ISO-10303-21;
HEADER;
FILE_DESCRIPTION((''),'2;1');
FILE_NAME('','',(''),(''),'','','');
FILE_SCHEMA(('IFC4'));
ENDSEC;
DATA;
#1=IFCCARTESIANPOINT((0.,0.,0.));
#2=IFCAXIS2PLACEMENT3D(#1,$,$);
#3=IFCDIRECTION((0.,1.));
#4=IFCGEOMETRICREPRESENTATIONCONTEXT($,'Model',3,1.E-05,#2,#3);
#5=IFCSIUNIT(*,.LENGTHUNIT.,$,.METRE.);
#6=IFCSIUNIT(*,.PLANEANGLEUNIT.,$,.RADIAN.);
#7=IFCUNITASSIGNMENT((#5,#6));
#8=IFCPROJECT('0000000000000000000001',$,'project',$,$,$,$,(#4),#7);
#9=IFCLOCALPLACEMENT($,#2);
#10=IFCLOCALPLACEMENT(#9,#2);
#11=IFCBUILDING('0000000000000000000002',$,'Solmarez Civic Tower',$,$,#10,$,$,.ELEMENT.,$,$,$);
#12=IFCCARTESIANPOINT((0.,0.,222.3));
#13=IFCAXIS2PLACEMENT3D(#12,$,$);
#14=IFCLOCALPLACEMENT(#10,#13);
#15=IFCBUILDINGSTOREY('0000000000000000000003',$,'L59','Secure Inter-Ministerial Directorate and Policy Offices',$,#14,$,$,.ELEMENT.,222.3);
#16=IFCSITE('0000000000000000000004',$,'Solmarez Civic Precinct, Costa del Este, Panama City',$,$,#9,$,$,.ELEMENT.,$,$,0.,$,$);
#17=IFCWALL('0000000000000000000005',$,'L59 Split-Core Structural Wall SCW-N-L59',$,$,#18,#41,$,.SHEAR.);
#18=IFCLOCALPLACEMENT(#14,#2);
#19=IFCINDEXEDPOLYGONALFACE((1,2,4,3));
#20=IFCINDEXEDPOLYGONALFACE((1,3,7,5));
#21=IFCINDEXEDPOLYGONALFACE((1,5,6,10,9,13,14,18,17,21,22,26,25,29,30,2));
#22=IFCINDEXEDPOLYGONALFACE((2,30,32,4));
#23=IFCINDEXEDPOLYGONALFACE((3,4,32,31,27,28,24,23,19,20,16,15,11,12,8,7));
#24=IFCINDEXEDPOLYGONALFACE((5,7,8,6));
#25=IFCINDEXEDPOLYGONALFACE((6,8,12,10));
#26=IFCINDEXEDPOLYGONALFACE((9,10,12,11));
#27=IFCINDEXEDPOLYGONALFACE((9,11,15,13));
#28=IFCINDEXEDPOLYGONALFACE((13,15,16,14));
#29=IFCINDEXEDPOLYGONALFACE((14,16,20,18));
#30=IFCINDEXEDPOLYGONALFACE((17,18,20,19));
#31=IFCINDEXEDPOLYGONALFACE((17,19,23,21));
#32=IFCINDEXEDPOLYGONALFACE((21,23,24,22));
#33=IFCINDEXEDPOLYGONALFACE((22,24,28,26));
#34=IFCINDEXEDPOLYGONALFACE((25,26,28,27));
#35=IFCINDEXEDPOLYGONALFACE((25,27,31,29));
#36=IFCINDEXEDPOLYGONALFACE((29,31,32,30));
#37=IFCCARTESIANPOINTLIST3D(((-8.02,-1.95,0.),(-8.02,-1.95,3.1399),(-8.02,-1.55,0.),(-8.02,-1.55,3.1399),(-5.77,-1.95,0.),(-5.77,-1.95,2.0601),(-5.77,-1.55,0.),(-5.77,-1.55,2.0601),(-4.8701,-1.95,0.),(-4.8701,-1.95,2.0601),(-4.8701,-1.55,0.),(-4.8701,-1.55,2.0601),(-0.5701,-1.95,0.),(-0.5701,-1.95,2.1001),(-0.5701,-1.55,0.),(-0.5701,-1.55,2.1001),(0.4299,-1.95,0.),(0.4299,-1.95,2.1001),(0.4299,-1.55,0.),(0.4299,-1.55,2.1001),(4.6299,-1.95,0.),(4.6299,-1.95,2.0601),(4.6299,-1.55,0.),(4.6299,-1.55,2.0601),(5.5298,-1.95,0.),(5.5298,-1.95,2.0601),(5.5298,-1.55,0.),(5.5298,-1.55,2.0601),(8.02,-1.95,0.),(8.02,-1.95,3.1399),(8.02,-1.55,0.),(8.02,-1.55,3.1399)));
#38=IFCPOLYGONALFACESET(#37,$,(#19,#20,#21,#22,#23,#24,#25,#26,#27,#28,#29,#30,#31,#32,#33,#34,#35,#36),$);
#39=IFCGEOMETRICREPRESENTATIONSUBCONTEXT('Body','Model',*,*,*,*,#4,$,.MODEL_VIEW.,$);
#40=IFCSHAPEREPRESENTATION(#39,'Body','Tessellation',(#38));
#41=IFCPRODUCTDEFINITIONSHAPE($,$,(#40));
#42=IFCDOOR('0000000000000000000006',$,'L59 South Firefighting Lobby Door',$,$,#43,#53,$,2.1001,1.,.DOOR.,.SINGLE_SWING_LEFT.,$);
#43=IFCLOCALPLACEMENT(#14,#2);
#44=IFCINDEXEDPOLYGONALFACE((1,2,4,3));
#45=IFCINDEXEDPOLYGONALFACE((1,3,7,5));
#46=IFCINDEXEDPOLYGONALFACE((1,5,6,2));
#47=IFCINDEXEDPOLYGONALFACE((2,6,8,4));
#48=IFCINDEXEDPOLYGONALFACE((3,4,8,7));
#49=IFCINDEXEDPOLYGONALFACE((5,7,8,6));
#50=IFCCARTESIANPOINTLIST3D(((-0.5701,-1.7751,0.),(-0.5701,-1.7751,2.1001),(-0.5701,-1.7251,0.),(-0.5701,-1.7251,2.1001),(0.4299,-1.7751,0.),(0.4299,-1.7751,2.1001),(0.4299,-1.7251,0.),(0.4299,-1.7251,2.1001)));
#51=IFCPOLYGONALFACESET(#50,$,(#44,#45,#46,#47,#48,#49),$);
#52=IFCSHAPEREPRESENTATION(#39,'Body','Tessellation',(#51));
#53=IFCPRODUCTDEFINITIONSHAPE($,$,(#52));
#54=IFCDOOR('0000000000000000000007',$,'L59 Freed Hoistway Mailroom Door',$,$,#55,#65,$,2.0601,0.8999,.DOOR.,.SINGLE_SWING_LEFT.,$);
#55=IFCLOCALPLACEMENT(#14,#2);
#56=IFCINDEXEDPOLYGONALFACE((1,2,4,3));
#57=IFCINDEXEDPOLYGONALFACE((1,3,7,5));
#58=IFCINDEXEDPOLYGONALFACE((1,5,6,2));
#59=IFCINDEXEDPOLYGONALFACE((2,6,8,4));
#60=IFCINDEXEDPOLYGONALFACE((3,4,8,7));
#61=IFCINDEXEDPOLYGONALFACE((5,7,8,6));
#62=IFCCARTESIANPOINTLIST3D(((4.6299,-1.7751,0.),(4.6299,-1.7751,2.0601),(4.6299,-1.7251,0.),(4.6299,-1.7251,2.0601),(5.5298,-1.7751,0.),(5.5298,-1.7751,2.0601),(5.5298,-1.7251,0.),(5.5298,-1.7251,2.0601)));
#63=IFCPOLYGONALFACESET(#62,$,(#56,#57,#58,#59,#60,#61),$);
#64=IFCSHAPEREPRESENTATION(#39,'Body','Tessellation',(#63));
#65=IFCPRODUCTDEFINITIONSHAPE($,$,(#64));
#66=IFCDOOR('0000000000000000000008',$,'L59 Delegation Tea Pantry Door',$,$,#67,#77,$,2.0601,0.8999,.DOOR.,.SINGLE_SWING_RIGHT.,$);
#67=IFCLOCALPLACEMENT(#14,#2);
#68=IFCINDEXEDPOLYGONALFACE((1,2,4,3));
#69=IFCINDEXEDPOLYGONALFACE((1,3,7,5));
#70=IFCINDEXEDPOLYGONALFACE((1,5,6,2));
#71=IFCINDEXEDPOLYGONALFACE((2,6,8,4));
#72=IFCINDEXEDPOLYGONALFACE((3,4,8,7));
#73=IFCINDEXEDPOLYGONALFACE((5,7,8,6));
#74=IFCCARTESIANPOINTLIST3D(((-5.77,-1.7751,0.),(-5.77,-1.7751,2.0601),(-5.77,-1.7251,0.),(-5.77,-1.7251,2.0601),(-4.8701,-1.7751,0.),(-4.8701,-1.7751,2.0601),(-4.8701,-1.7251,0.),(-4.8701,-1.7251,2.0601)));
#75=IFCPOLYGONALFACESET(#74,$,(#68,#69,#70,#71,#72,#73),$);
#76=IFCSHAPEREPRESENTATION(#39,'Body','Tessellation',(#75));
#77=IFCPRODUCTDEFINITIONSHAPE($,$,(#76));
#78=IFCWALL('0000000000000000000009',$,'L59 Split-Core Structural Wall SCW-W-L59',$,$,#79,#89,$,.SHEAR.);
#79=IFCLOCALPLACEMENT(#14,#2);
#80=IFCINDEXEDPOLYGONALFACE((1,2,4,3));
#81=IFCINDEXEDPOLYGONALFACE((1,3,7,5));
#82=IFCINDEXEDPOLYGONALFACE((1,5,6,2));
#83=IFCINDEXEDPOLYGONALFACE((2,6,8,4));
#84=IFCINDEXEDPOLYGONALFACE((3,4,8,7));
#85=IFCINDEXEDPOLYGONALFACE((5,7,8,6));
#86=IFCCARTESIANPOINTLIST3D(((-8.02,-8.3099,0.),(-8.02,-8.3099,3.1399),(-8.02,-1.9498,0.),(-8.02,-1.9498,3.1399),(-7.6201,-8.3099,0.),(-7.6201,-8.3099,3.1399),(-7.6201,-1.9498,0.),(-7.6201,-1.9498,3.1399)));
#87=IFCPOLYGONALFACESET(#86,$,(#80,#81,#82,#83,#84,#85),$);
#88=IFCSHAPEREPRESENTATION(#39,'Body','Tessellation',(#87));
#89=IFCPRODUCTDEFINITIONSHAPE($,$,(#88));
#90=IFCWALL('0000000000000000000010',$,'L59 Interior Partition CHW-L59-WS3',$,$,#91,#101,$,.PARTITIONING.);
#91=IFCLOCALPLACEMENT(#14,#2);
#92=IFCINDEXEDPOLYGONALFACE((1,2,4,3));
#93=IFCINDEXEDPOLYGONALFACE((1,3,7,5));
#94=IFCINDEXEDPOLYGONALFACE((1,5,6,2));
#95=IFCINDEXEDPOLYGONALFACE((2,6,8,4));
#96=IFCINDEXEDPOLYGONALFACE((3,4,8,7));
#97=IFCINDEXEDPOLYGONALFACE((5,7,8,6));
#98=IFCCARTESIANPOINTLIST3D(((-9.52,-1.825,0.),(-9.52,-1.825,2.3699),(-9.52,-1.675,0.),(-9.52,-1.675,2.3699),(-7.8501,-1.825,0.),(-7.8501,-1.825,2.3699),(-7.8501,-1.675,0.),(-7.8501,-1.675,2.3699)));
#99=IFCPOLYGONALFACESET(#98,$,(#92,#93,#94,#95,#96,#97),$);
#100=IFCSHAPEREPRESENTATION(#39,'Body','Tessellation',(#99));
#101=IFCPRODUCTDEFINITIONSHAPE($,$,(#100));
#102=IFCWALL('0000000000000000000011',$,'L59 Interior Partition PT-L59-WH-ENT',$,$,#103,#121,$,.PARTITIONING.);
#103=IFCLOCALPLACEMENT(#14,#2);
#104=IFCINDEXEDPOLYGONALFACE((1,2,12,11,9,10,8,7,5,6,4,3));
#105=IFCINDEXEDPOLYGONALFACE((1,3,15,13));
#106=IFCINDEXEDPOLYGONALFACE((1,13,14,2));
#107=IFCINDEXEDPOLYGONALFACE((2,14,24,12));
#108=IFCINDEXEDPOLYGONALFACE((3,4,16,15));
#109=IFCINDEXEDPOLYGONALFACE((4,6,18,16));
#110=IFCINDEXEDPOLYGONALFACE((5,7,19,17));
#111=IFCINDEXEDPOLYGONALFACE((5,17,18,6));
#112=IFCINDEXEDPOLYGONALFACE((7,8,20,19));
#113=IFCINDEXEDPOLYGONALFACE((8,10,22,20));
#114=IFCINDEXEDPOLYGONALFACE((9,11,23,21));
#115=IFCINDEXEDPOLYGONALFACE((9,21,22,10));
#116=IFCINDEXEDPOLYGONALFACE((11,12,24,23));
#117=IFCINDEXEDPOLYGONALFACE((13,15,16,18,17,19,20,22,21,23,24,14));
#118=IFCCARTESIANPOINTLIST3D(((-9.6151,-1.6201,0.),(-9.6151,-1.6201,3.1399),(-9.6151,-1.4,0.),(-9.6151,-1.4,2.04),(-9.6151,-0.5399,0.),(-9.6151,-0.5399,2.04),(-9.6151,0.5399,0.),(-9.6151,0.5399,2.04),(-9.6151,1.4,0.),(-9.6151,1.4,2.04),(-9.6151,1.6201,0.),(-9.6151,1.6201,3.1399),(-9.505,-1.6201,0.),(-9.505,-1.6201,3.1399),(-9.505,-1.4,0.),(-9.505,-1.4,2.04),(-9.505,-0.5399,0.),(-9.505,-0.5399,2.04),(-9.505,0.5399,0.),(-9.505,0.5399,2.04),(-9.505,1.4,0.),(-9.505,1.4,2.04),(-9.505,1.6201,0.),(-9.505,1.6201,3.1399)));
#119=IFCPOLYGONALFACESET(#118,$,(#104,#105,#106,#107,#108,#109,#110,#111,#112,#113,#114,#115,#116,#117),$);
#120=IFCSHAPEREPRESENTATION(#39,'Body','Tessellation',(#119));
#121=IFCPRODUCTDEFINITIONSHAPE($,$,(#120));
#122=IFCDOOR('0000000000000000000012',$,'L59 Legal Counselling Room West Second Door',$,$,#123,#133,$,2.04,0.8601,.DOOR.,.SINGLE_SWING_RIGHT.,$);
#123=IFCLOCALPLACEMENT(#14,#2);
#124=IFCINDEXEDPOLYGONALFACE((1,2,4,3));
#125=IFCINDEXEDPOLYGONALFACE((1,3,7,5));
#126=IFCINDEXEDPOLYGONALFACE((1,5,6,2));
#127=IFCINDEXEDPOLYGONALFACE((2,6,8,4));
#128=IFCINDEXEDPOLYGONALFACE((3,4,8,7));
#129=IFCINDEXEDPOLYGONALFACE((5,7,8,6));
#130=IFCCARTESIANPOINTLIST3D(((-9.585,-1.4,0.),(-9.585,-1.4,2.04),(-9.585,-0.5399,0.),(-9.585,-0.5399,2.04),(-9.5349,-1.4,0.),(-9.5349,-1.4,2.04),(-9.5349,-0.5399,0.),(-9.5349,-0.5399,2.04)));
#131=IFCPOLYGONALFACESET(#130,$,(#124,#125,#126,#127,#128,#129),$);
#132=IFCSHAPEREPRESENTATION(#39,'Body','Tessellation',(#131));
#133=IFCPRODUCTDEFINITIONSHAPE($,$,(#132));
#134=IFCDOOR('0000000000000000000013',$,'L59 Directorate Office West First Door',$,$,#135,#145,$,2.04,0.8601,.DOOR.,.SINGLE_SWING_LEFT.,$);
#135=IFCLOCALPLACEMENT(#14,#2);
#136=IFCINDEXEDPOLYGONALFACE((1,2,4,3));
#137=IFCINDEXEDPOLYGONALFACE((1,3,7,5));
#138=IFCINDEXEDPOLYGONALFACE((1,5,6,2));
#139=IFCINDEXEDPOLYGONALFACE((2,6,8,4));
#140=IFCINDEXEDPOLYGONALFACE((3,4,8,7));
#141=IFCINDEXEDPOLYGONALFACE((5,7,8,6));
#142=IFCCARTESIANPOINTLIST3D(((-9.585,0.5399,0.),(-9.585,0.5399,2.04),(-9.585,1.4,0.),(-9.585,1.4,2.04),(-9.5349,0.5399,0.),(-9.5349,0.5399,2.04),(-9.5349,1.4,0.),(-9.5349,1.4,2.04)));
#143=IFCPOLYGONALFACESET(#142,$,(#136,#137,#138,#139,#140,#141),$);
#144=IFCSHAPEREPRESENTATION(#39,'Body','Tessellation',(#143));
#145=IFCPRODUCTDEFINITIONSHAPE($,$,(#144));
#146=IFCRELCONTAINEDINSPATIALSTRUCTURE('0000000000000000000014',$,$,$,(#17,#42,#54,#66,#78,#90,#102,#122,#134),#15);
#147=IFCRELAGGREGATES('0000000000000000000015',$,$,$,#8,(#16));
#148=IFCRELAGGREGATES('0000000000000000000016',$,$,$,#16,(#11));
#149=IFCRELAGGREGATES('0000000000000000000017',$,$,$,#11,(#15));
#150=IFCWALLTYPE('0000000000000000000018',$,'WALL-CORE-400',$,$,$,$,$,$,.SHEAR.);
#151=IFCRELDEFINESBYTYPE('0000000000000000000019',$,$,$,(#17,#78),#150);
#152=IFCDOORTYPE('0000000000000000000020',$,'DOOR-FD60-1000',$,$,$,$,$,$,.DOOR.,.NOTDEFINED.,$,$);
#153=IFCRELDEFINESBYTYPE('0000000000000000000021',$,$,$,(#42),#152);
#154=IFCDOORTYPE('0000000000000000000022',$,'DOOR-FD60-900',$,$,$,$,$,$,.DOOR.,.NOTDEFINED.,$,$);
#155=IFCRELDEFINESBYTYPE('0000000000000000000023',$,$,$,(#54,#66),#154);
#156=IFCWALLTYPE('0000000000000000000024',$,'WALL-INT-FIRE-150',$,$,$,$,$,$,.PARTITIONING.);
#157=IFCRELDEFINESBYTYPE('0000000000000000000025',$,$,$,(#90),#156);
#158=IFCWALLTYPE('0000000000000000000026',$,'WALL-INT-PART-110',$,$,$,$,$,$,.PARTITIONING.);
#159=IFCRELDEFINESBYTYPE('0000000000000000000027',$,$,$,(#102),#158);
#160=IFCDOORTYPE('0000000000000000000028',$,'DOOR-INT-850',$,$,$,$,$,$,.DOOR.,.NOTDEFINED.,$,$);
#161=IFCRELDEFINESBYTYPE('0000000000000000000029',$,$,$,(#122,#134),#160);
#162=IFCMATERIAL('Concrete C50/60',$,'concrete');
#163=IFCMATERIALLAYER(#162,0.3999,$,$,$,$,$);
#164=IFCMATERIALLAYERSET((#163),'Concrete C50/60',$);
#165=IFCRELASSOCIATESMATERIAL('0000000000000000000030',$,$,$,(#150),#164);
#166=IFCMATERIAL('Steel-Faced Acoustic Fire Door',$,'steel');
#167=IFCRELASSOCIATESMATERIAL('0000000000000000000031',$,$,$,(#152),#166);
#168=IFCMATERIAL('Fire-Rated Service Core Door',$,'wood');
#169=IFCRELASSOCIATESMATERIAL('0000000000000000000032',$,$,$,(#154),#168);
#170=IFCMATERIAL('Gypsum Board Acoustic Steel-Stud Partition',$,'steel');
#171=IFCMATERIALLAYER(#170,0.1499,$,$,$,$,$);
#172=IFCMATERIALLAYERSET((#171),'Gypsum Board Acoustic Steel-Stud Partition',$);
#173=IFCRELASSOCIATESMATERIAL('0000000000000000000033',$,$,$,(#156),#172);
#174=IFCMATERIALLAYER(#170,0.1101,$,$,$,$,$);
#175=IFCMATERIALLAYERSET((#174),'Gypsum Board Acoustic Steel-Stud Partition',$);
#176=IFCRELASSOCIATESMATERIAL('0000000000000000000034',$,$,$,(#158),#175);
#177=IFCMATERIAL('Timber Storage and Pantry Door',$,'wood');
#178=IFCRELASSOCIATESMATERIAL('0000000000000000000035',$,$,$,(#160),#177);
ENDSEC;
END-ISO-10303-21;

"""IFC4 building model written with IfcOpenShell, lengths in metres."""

from ifc_helpers import new_model, si_unit, direction, frame, frame_2d, origin, place, context, subcontext, project, spatial, rectangle, extrude, material, layer, layer_set, type_object, element, fill, save


model = new_model("IFC4")

# Units and contexts
model_context = context("Model", 3, precision=1e-05, world=origin(), true_north=direction((0.0, 1.0)))
body_context = subcontext(model_context, "Body", "Model", "MODEL_VIEW")
ifc_project = project(units=[si_unit("LENGTHUNIT", "METRE"), si_unit("PLANEANGLEUNIT", "RADIAN")], contexts=[model_context])

# Site, building, storey
site_placement = place(None, origin())
site = spatial("IfcSite", under=ifc_project, at=site_placement, Name="Solmarez Civic Precinct, Costa del Este, Panama City", CompositionType="ELEMENT", RefElevation=0.0)
building_placement = place(site_placement, origin())
building = spatial("IfcBuilding", under=site, at=building_placement, Name="Solmarez Civic Tower", CompositionType="ELEMENT")
storey_placement = place(building_placement, frame((0.0, 0.0, 222.3)))
storey = spatial("IfcBuildingStorey", under=building, at=storey_placement, Name="L59", Description="Secure Inter-Ministerial Directorate and Policy Offices", CompositionType="ELEMENT", Elevation=222.3)

# Shared definitions
ifc_material_1 = material(Name="Concrete C50/60", Category="concrete")

# Wall, openings, doors
ifc_layer_1 = layer(ifc_material_1, 0.3999)
ifc_layer_set_1 = layer_set([ifc_layer_1], Name="Concrete C50/60")
wall_type_1 = type_object("IfcWallType", Name="WALL-CORE-400", PredefinedType="SHEAR", material=ifc_layer_set_1)
wall_1_placement = place(storey_placement, frame((-8.02, -1.75, 0.0), z_axis=(0.0, 0.0, 1.0), x_axis=(1.0, 0.0, 0.0)))
wall_1 = element("IfcWall", 1, at=wall_1_placement, inside=storey, type_object=wall_type_1, Name="L59 Split-Core Structural Wall SCW-N-L59", PredefinedType="SHEAR", context=body_context, shape_type="SweptSolid", body=[
    extrude(rectangle(XDim=16.04, YDim=0.3999, at=frame_2d((8.02, 0.0))), origin(), (0.0, 0.0, 1.0), 3.1399),
])
opening_1_placement = place(wall_1_placement, frame((7.45, 0.0, 0.0)))
opening_1 = element("IfcOpeningElement", 2, at=opening_1_placement, cuts=wall_1, PredefinedType="OPENING", context=body_context, shape_type="SweptSolid", body=[
    extrude(rectangle(XDim=1.0, YDim=2.1001, at=frame_2d((0.5, 1.05))), frame((0.0, 0.21, 0.0), z_axis=(0.0, -1.0, 0.0), x_axis=(1.0, 0.0, 0.0)), (0.0, 0.0, 1.0), 0.4199),
])
opening_2_placement = place(wall_1_placement, frame((12.6499, 0.0, 0.0)))
opening_2 = element("IfcOpeningElement", 3, at=opening_2_placement, cuts=wall_1, PredefinedType="OPENING", context=body_context, shape_type="SweptSolid", body=[
    extrude(rectangle(XDim=0.8999, YDim=2.0601, at=frame_2d((0.45, 1.03))), frame((0.0, 0.21, 0.0), z_axis=(0.0, -1.0, 0.0), x_axis=(1.0, 0.0, 0.0)), (0.0, 0.0, 1.0), 0.4199),
])
opening_3_placement = place(wall_1_placement, frame((2.25, 0.0, 0.0)))
opening_3 = element("IfcOpeningElement", 4, at=opening_3_placement, cuts=wall_1, PredefinedType="OPENING", context=body_context, shape_type="SweptSolid", body=[
    extrude(rectangle(XDim=0.8999, YDim=2.0601, at=frame_2d((0.45, 1.03))), frame((0.0, 0.21, 0.0), z_axis=(0.0, -1.0, 0.0), x_axis=(1.0, 0.0, 0.0)), (0.0, 0.0, 1.0), 0.4199),
])
ifc_material_2 = material(Name="Steel-Faced Acoustic Fire Door", Category="steel")
door_type_1 = type_object("IfcDoorType", Name="DOOR-FD60-1000", OperationType="NOTDEFINED", PredefinedType="DOOR", material=ifc_material_2)
door_1_placement = place(opening_1_placement, origin())
door_1 = element("IfcDoor", 5, at=door_1_placement, inside=storey, type_object=door_type_1, Name="L59 South Firefighting Lobby Door", OperationType="SINGLE_SWING_LEFT", OverallHeight=2.1001, OverallWidth=1.0, PredefinedType="DOOR", context=body_context, shape_type="SweptSolid", body=[
    extrude(rectangle(XDim=1.0, YDim=2.1001, at=frame_2d((0.5, 1.05))), frame((0.0, 0.0249, 0.0), z_axis=(0.0, -1.0, 0.0), x_axis=(1.0, 0.0, 0.0)), (0.0, 0.0, 1.0), 0.05),
])
fill(opening_1, door_1)
ifc_material_3 = material(Name="Fire-Rated Service Core Door", Category="wood")
door_type_2 = type_object("IfcDoorType", Name="DOOR-FD60-900", OperationType="NOTDEFINED", PredefinedType="DOOR", material=ifc_material_3)
door_2_placement = place(opening_2_placement, origin())
door_2 = element("IfcDoor", 6, at=door_2_placement, inside=storey, type_object=door_type_2, Name="L59 Freed Hoistway Mailroom Door", OperationType="SINGLE_SWING_LEFT", OverallHeight=2.0601, OverallWidth=0.8999, PredefinedType="DOOR", context=body_context, shape_type="SweptSolid", body=[
    extrude(rectangle(XDim=0.8999, YDim=2.0601, at=frame_2d((0.45, 1.03))), frame((0.0, 0.0249, 0.0), z_axis=(0.0, -1.0, 0.0), x_axis=(1.0, 0.0, 0.0)), (0.0, 0.0, 1.0), 0.05),
])
fill(opening_2, door_2)
door_3_placement = place(opening_3_placement, origin())
door_3 = element("IfcDoor", 7, at=door_3_placement, inside=storey, type_object=door_type_2, Name="L59 Delegation Tea Pantry Door", OperationType="SINGLE_SWING_RIGHT", OverallHeight=2.0601, OverallWidth=0.8999, PredefinedType="DOOR", context=body_context, shape_type="SweptSolid", body=[
    extrude(rectangle(XDim=0.8999, YDim=2.0601, at=frame_2d((0.45, 1.03))), frame((0.0, 0.0249, 0.0), z_axis=(0.0, -1.0, 0.0), x_axis=(1.0, 0.0, 0.0)), (0.0, 0.0, 1.0), 0.05),
])
fill(opening_3, door_3)

# Walls
wall_2_placement = place(storey_placement, frame((-7.8201, -8.3101, 0.0), z_axis=(0.0, 0.0, 1.0), x_axis=(0.0, 1.0, 0.0)))
element("IfcWall", 8, at=wall_2_placement, inside=storey, type_object=wall_type_1, Name="L59 Split-Core Structural Wall SCW-W-L59", PredefinedType="SHEAR", context=body_context, shape_type="SweptSolid", body=[
    extrude(rectangle(XDim=6.3601, YDim=0.3999, at=frame_2d((3.1802, 0.0))), origin(), (0.0, 0.0, 1.0), 3.1399),
])
ifc_material_4 = material(Name="Gypsum Board Acoustic Steel-Stud Partition", Category="steel")
ifc_layer_2 = layer(ifc_material_4, 0.1499)
ifc_layer_set_2 = layer_set([ifc_layer_2], Name="Gypsum Board Acoustic Steel-Stud Partition")
wall_type_2 = type_object("IfcWallType", Name="WALL-INT-FIRE-150", PredefinedType="PARTITIONING", material=ifc_layer_set_2)
wall_3_placement = place(storey_placement, frame((-7.8501, -1.75, 0.0), z_axis=(0.0, 0.0, 1.0), x_axis=(-1.0, 0.0, 0.0)))
element("IfcWall", 9, at=wall_3_placement, inside=storey, type_object=wall_type_2, Name="L59 Interior Partition CHW-L59-WS3", PredefinedType="PARTITIONING", context=body_context, shape_type="SweptSolid", body=[
    extrude(rectangle(XDim=1.6699, YDim=0.1499, at=frame_2d((0.835, 0.0))), origin(), (0.0, 0.0, 1.0), 2.3699),
])

# Wall, openings, doors
ifc_layer_3 = layer(ifc_material_4, 0.1101)
ifc_layer_set_3 = layer_set([ifc_layer_3], Name="Gypsum Board Acoustic Steel-Stud Partition")
wall_type_3 = type_object("IfcWallType", Name="WALL-INT-PART-110", PredefinedType="PARTITIONING", material=ifc_layer_set_3)
wall_4_placement = place(storey_placement, frame((-9.5601, -1.6201, 0.0), z_axis=(0.0, 0.0, 1.0), x_axis=(0.0, 1.0, 0.0)))
wall_4 = element("IfcWall", 10, at=wall_4_placement, inside=storey, type_object=wall_type_3, Name="L59 Interior Partition PT-L59-WH-ENT", PredefinedType="PARTITIONING", context=body_context, shape_type="SweptSolid", body=[
    extrude(rectangle(XDim=3.2402, YDim=0.1101, at=frame_2d((1.6201, 0.0))), origin(), (0.0, 0.0, 1.0), 3.1399),
])
opening_4_placement = place(wall_4_placement, frame((0.22, 0.0, 0.0)))
opening_4 = element("IfcOpeningElement", 11, at=opening_4_placement, cuts=wall_4, PredefinedType="OPENING", context=body_context, shape_type="SweptSolid", body=[
    extrude(rectangle(XDim=0.8601, YDim=2.04, at=frame_2d((0.4302, 1.02))), frame((0.0, 0.0649, 0.0), z_axis=(0.0, -1.0, 0.0), x_axis=(1.0, 0.0, 0.0)), (0.0, 0.0, 1.0), 0.1301),
])
opening_5_placement = place(wall_4_placement, frame((2.1599, 0.0, 0.0)))
opening_5 = element("IfcOpeningElement", 12, at=opening_5_placement, cuts=wall_4, PredefinedType="OPENING", context=body_context, shape_type="SweptSolid", body=[
    extrude(rectangle(XDim=0.8601, YDim=2.04, at=frame_2d((0.4302, 1.02))), frame((0.0, 0.0649, 0.0), z_axis=(0.0, -1.0, 0.0), x_axis=(1.0, 0.0, 0.0)), (0.0, 0.0, 1.0), 0.1301),
])
ifc_material_5 = material(Name="Timber Storage and Pantry Door", Category="wood")
door_type_3 = type_object("IfcDoorType", Name="DOOR-INT-850", OperationType="NOTDEFINED", PredefinedType="DOOR", material=ifc_material_5)
door_4_placement = place(opening_4_placement, origin())
door_4 = element("IfcDoor", 13, at=door_4_placement, inside=storey, type_object=door_type_3, Name="L59 Legal Counselling Room West Second Door", OperationType="SINGLE_SWING_RIGHT", OverallHeight=2.04, OverallWidth=0.8601, PredefinedType="DOOR", context=body_context, shape_type="SweptSolid", body=[
    extrude(rectangle(XDim=0.8601, YDim=2.04, at=frame_2d((0.4302, 1.02))), frame((0.0, 0.0249, 0.0), z_axis=(0.0, -1.0, 0.0), x_axis=(1.0, 0.0, 0.0)), (0.0, 0.0, 1.0), 0.05),
])
fill(opening_4, door_4)
door_5_placement = place(opening_5_placement, origin())
door_5 = element("IfcDoor", 14, at=door_5_placement, inside=storey, type_object=door_type_3, Name="L59 Directorate Office West First Door", OperationType="SINGLE_SWING_LEFT", OverallHeight=2.04, OverallWidth=0.8601, PredefinedType="DOOR", context=body_context, shape_type="SweptSolid", body=[
    extrude(rectangle(XDim=0.8601, YDim=2.04, at=frame_2d((0.4302, 1.02))), frame((0.0, 0.0249, 0.0), z_axis=(0.0, -1.0, 0.0), x_axis=(1.0, 0.0, 0.0)), (0.0, 0.0, 1.0), 0.05),
])
fill(opening_5, door_5)

save(model, "model.ifc")
